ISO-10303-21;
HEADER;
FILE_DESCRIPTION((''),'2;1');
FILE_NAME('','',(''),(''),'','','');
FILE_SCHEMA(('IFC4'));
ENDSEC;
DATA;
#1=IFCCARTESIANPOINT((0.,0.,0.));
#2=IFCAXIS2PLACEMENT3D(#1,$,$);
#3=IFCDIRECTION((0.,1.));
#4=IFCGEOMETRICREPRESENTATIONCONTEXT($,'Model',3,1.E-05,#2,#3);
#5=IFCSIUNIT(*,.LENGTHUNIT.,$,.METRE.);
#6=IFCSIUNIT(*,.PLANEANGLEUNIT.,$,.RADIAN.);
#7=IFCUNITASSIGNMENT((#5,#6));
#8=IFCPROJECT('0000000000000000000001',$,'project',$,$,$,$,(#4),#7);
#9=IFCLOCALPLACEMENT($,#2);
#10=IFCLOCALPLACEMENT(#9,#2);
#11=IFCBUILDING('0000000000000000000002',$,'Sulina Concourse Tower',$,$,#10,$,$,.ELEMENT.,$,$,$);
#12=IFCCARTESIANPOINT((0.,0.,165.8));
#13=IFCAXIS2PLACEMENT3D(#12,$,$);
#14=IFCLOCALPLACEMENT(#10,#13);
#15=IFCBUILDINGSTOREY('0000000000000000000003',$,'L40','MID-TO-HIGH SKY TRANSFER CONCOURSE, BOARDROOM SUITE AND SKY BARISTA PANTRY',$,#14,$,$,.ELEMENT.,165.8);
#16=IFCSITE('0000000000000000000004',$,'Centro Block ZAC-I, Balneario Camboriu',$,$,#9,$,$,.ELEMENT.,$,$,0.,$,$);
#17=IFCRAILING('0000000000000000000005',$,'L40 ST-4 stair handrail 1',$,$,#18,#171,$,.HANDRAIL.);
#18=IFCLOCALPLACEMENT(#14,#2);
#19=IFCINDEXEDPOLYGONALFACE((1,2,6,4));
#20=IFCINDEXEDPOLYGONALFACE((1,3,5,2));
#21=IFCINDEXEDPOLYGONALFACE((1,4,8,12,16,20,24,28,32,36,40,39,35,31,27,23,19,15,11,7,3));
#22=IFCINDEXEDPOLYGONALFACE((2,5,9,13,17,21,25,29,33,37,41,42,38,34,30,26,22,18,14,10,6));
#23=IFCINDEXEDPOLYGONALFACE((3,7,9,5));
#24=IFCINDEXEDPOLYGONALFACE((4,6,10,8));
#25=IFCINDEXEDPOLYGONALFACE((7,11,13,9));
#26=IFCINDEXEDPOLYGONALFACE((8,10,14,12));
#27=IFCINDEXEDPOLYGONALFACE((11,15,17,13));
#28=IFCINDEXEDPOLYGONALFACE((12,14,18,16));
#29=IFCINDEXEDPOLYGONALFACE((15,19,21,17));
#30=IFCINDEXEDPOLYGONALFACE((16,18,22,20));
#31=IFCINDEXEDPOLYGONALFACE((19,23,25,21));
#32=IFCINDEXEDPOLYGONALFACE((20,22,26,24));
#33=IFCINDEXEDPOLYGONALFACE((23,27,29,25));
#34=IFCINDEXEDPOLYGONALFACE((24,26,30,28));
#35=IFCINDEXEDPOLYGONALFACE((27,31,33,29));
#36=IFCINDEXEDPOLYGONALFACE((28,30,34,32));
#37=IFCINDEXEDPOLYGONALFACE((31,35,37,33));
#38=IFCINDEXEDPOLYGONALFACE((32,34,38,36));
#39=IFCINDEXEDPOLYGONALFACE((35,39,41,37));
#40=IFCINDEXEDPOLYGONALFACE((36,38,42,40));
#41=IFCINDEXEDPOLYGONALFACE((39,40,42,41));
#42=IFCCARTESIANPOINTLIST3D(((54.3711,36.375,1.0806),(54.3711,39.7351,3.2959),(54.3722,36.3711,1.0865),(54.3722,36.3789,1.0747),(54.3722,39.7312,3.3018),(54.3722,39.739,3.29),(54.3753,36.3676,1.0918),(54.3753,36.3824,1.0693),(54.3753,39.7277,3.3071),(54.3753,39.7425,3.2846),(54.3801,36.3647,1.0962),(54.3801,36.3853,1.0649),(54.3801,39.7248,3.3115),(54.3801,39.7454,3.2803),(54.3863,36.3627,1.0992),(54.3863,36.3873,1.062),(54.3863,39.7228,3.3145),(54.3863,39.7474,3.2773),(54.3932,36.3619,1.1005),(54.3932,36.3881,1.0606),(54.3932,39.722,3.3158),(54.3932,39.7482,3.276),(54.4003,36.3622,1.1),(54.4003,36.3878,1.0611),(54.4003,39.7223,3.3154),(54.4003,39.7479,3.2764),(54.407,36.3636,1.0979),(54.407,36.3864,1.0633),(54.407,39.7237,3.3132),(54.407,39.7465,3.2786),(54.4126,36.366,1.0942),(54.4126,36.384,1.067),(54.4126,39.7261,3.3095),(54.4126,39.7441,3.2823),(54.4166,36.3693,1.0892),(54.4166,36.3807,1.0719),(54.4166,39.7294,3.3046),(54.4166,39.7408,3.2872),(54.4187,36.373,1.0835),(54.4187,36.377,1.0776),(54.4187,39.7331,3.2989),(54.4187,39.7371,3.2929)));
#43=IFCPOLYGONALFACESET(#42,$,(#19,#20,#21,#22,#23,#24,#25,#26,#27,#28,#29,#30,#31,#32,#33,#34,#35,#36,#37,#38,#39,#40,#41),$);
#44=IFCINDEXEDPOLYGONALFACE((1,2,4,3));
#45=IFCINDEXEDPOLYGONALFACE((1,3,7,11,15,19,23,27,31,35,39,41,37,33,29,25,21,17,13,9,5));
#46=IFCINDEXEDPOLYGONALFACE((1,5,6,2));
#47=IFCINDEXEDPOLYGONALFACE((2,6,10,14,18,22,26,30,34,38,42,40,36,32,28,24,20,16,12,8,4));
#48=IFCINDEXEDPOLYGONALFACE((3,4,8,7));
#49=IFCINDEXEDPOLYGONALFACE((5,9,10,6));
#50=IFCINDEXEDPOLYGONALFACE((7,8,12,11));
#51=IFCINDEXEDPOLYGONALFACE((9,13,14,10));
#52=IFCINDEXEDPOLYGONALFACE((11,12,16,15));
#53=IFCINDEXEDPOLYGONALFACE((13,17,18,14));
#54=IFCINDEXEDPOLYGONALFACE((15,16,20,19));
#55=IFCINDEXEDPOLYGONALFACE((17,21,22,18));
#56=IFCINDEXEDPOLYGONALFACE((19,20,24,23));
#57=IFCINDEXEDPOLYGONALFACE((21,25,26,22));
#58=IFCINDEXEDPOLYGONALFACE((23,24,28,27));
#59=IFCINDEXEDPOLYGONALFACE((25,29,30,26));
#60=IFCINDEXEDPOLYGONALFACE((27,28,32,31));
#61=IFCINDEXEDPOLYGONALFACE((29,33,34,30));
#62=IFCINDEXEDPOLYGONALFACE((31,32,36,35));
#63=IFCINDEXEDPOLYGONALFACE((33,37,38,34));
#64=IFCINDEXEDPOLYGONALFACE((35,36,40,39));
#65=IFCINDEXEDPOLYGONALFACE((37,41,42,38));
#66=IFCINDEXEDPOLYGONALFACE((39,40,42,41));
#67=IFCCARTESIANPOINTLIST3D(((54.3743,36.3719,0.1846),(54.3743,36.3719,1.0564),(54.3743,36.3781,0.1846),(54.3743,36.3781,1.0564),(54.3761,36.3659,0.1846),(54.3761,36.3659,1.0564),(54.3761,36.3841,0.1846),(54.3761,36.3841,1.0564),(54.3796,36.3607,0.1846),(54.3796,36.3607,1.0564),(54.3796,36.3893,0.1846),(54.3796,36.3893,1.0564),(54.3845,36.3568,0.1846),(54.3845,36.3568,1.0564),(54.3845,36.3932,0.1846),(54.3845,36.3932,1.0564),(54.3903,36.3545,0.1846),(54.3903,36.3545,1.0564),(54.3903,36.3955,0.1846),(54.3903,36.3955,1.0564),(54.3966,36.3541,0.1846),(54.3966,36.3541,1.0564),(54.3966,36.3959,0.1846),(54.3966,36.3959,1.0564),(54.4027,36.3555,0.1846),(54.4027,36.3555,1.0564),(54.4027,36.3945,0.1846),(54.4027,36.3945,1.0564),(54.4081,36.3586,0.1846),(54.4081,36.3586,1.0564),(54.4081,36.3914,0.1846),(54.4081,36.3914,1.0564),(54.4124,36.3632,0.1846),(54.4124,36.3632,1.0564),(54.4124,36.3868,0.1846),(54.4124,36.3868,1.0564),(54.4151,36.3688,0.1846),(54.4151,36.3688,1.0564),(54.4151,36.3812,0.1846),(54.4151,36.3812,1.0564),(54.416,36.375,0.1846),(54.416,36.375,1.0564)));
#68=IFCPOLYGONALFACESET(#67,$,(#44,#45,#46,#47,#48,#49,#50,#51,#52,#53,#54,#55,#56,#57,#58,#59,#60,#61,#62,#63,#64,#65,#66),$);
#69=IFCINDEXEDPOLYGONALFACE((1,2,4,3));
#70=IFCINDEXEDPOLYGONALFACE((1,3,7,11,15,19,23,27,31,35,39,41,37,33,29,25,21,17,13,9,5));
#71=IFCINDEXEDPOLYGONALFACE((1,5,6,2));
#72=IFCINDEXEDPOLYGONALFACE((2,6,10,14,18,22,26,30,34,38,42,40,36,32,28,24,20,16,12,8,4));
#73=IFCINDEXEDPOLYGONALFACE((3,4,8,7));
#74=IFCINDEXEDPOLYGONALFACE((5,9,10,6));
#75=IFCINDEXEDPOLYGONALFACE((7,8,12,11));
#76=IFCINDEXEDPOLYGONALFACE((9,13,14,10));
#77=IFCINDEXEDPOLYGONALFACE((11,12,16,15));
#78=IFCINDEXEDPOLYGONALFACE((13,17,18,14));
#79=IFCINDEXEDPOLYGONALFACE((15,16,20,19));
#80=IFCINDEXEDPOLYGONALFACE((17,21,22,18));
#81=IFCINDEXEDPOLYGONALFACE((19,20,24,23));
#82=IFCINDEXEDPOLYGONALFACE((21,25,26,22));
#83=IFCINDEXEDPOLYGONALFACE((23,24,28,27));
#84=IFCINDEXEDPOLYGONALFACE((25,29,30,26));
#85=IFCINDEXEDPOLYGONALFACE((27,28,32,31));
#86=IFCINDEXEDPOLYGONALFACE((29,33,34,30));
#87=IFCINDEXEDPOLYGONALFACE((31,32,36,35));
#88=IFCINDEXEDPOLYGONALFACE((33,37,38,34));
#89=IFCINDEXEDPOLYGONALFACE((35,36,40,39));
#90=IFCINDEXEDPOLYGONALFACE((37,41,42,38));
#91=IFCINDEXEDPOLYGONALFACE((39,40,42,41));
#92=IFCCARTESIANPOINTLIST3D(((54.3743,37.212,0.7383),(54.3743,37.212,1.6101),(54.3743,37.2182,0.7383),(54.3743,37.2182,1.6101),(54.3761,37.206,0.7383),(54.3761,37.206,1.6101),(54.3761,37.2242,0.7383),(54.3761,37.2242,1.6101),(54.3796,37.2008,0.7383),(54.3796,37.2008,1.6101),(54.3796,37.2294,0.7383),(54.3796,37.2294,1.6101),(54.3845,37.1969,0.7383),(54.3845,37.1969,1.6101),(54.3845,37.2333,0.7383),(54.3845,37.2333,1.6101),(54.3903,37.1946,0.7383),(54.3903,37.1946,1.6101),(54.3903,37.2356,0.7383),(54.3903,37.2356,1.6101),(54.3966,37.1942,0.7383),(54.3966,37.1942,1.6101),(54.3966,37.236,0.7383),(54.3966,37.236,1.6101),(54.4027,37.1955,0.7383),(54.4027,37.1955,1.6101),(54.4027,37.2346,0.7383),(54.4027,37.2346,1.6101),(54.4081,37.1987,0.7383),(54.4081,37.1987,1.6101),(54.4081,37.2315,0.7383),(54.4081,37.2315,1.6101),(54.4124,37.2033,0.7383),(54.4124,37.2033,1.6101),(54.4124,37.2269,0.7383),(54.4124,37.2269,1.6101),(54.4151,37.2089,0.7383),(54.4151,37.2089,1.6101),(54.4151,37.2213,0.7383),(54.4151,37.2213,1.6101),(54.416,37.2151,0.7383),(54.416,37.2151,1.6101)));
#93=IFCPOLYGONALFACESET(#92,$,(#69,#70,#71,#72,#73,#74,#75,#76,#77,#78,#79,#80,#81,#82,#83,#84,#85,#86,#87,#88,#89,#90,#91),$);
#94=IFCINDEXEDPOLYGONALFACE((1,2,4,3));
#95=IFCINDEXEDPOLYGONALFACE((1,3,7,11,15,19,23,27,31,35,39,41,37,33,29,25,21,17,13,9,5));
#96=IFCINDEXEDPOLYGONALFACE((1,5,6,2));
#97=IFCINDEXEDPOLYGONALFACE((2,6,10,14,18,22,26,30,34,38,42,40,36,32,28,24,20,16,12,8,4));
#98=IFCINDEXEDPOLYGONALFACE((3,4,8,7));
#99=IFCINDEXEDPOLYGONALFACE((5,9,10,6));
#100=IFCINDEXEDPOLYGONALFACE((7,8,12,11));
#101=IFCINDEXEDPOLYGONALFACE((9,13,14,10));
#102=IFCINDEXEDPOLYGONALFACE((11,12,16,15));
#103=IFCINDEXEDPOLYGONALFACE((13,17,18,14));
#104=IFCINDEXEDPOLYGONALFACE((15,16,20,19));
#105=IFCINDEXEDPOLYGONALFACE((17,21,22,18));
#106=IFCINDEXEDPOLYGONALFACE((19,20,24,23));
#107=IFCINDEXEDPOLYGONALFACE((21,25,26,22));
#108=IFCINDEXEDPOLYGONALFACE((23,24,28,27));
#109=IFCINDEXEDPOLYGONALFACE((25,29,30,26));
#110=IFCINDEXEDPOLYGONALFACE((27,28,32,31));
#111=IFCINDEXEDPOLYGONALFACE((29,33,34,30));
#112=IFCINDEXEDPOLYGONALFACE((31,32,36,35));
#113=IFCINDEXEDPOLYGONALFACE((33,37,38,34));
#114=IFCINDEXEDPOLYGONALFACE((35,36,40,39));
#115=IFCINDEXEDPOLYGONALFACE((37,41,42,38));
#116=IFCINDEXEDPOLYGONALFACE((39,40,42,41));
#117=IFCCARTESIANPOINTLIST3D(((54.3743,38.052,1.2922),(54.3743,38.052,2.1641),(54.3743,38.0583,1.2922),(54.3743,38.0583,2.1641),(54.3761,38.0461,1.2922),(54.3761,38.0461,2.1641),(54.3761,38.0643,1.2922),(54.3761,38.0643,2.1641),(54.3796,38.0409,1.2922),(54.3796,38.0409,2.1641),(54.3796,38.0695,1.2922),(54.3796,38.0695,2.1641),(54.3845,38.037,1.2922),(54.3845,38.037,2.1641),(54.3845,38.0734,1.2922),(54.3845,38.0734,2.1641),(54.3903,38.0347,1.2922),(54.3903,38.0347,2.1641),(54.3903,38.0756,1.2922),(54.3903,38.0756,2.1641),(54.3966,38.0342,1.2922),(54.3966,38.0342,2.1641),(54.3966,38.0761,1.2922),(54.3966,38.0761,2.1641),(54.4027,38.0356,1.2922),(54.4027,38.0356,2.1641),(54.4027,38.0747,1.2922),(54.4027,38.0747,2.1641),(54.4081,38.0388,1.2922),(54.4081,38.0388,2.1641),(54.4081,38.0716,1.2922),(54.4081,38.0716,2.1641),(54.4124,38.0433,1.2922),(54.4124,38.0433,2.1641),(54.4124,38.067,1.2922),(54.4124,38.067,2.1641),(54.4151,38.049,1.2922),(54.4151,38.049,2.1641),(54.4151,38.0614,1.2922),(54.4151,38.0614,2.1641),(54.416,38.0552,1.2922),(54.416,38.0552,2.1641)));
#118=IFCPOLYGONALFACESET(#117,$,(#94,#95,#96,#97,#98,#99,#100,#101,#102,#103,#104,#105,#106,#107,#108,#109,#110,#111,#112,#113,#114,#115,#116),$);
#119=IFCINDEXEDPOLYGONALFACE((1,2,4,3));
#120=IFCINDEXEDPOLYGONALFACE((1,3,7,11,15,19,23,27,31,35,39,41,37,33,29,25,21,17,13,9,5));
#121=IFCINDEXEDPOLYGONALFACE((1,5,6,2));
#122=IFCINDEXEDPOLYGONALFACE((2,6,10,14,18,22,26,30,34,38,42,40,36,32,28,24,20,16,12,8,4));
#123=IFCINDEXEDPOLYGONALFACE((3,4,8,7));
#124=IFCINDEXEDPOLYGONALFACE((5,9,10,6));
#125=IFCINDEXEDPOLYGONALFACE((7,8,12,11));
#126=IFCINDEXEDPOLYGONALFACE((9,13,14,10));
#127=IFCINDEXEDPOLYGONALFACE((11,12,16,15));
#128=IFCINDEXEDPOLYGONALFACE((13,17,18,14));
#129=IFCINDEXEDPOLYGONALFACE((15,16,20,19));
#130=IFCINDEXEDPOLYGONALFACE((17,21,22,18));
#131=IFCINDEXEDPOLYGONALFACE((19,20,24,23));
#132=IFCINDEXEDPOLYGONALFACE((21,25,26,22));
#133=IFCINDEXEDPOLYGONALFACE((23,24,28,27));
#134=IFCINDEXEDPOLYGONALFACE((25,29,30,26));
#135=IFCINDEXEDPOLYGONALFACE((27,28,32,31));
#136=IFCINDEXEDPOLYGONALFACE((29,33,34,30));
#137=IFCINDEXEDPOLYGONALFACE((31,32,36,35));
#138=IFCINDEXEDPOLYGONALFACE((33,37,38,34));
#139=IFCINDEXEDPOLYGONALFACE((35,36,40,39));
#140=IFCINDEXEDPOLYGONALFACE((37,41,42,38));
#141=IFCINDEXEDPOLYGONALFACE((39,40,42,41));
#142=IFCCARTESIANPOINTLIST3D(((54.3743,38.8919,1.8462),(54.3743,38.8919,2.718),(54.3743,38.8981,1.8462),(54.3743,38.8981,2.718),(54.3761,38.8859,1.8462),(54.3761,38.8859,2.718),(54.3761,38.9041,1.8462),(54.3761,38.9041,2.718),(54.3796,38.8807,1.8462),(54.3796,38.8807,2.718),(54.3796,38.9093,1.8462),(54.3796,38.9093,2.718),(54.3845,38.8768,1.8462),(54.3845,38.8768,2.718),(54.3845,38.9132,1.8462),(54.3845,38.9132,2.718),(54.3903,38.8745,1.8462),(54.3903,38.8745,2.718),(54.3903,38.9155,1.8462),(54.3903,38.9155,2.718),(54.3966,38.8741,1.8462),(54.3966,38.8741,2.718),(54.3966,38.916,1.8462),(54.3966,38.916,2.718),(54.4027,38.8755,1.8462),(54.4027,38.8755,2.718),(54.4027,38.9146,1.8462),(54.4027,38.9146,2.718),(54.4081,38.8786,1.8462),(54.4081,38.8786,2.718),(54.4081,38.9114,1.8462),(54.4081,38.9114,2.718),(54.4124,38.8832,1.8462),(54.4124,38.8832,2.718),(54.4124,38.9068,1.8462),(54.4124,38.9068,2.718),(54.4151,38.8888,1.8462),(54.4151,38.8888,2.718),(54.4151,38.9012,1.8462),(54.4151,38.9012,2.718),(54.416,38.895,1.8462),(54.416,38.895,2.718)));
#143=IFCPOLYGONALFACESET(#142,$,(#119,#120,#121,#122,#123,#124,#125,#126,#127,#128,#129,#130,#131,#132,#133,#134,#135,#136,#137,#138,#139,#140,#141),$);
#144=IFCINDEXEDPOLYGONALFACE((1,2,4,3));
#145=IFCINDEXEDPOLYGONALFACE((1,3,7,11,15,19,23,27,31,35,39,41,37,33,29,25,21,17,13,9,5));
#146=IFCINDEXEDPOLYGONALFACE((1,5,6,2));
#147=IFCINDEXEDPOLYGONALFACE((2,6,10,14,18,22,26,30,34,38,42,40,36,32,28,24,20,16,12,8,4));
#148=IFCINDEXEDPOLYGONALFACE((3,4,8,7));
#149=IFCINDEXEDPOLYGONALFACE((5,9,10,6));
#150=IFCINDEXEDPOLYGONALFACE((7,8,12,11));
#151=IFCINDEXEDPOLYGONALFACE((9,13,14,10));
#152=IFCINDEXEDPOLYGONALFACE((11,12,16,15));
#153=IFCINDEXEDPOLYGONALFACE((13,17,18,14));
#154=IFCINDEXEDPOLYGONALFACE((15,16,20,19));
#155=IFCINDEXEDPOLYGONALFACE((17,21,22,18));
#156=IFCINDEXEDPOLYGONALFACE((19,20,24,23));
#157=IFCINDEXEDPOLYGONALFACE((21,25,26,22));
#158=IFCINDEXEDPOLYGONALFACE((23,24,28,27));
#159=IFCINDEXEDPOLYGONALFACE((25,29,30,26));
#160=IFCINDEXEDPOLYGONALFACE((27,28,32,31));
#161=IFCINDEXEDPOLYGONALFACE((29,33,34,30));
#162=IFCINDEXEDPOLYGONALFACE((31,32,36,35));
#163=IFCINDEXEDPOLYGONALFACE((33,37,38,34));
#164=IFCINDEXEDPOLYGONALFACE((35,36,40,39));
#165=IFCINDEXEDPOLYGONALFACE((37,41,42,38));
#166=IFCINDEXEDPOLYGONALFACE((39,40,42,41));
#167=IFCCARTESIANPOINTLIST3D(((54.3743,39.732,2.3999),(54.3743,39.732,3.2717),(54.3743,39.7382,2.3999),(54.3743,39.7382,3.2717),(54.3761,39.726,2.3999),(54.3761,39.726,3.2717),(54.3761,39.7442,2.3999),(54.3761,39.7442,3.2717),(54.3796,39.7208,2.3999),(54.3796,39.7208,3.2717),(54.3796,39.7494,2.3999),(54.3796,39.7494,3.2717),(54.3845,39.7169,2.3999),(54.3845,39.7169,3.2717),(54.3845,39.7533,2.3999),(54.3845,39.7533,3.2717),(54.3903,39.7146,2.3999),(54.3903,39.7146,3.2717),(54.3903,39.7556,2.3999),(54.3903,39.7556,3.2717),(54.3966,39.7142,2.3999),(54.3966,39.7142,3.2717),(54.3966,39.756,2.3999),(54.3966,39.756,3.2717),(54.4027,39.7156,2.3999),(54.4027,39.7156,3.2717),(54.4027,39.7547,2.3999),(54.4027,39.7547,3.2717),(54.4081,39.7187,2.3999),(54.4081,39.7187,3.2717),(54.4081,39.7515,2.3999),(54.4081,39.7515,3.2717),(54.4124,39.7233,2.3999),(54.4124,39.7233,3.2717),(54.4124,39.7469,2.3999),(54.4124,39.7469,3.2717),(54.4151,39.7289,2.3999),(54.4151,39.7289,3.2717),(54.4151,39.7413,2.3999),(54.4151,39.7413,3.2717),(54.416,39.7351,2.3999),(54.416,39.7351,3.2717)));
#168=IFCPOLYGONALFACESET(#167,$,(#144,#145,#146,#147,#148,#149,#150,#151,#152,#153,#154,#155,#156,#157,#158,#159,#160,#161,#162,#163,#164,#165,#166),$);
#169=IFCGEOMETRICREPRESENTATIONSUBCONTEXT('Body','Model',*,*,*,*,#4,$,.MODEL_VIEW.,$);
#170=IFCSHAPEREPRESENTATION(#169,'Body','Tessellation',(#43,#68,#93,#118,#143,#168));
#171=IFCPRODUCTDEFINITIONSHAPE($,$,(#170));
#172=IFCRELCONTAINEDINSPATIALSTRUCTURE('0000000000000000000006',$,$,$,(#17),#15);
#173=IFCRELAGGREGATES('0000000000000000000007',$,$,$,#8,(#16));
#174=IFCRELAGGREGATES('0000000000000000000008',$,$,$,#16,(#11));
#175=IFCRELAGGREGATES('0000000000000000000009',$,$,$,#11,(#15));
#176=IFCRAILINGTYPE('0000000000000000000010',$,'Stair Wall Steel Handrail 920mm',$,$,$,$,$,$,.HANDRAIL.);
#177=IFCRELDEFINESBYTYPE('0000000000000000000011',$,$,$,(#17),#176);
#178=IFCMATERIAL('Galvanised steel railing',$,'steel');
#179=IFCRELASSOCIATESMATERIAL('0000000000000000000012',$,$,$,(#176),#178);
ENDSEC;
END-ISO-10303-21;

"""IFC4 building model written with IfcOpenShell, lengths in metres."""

from ifc_helpers import new_model, si_unit, direction, frame, origin, origin_2d, place, context, subcontext, project, spatial, circle, extrude, material, type_object, element, save


model = new_model("IFC4")

# Units and contexts
model_context = context("Model", 3, precision=1e-05, world=origin(), true_north=direction((0.0, 1.0)))
body_context = subcontext(model_context, "Body", "Model", "MODEL_VIEW")
ifc_project = project(units=[si_unit("LENGTHUNIT", "METRE"), si_unit("PLANEANGLEUNIT", "RADIAN")], contexts=[model_context])

# Site, building, storey
site_placement = place(None, origin())
site = spatial("IfcSite", under=ifc_project, at=site_placement, Name="Centro Block ZAC-I, Balneario Camboriu", CompositionType="ELEMENT", RefElevation=0.0)
building_placement = place(site_placement, origin())
building = spatial("IfcBuilding", under=site, at=building_placement, Name="Sulina Concourse Tower", CompositionType="ELEMENT")
storey_placement = place(building_placement, frame((0.0, 0.0, 165.8)))
storey = spatial("IfcBuildingStorey", under=building, at=storey_placement, Name="L40", Description="MID-TO-HIGH SKY TRANSFER CONCOURSE, BOARDROOM SUITE AND SKY BARISTA PANTRY", CompositionType="ELEMENT", Elevation=165.8)

# Railing
ifc_material_1 = material(Name="Galvanised steel railing", Category="steel")
railing_type_1 = type_object("IfcRailingType", Name="Stair Wall Steel Handrail 920mm", PredefinedType="HANDRAIL", material=ifc_material_1)
railing_1_placement = place(storey_placement, frame((54.395, 36.375, 0.1846)))
element("IfcRailing", 1, at=railing_1_placement, inside=storey, type_object=railing_type_1, Name="L40 ST-4 stair handrail 1", PredefinedType="HANDRAIL", context=body_context, shape_type="SweptSolid", body=[
    extrude(circle(Radius=0.0239, at=origin_2d()), frame((0.0, 0.0, 0.896), z_axis=(0.0, 0.834876, 0.550437), x_axis=(-1.0, 0.0, 0.0)), (0.0, 0.0, 1.0), 4.0247),
    extrude(circle(Radius=0.021, at=origin_2d()), origin(), (0.0, 0.0, 1.0), 0.8718),
    extrude(circle(Radius=0.021, at=origin_2d()), frame((0.0, 0.8401, 0.5537)), (0.0, 0.0, 1.0), 0.8718),
    extrude(circle(Radius=0.021, at=origin_2d()), frame((0.0, 1.6802, 1.1077)), (0.0, 0.0, 1.0), 0.8718),
    extrude(circle(Radius=0.021, at=origin_2d()), frame((0.0, 2.52, 1.6616)), (0.0, 0.0, 1.0), 0.8718),
    extrude(circle(Radius=0.021, at=origin_2d()), frame((0.0, 3.3601, 2.2153)), (0.0, 0.0, 1.0), 0.8718),
])

save(model, "model.ifc")
